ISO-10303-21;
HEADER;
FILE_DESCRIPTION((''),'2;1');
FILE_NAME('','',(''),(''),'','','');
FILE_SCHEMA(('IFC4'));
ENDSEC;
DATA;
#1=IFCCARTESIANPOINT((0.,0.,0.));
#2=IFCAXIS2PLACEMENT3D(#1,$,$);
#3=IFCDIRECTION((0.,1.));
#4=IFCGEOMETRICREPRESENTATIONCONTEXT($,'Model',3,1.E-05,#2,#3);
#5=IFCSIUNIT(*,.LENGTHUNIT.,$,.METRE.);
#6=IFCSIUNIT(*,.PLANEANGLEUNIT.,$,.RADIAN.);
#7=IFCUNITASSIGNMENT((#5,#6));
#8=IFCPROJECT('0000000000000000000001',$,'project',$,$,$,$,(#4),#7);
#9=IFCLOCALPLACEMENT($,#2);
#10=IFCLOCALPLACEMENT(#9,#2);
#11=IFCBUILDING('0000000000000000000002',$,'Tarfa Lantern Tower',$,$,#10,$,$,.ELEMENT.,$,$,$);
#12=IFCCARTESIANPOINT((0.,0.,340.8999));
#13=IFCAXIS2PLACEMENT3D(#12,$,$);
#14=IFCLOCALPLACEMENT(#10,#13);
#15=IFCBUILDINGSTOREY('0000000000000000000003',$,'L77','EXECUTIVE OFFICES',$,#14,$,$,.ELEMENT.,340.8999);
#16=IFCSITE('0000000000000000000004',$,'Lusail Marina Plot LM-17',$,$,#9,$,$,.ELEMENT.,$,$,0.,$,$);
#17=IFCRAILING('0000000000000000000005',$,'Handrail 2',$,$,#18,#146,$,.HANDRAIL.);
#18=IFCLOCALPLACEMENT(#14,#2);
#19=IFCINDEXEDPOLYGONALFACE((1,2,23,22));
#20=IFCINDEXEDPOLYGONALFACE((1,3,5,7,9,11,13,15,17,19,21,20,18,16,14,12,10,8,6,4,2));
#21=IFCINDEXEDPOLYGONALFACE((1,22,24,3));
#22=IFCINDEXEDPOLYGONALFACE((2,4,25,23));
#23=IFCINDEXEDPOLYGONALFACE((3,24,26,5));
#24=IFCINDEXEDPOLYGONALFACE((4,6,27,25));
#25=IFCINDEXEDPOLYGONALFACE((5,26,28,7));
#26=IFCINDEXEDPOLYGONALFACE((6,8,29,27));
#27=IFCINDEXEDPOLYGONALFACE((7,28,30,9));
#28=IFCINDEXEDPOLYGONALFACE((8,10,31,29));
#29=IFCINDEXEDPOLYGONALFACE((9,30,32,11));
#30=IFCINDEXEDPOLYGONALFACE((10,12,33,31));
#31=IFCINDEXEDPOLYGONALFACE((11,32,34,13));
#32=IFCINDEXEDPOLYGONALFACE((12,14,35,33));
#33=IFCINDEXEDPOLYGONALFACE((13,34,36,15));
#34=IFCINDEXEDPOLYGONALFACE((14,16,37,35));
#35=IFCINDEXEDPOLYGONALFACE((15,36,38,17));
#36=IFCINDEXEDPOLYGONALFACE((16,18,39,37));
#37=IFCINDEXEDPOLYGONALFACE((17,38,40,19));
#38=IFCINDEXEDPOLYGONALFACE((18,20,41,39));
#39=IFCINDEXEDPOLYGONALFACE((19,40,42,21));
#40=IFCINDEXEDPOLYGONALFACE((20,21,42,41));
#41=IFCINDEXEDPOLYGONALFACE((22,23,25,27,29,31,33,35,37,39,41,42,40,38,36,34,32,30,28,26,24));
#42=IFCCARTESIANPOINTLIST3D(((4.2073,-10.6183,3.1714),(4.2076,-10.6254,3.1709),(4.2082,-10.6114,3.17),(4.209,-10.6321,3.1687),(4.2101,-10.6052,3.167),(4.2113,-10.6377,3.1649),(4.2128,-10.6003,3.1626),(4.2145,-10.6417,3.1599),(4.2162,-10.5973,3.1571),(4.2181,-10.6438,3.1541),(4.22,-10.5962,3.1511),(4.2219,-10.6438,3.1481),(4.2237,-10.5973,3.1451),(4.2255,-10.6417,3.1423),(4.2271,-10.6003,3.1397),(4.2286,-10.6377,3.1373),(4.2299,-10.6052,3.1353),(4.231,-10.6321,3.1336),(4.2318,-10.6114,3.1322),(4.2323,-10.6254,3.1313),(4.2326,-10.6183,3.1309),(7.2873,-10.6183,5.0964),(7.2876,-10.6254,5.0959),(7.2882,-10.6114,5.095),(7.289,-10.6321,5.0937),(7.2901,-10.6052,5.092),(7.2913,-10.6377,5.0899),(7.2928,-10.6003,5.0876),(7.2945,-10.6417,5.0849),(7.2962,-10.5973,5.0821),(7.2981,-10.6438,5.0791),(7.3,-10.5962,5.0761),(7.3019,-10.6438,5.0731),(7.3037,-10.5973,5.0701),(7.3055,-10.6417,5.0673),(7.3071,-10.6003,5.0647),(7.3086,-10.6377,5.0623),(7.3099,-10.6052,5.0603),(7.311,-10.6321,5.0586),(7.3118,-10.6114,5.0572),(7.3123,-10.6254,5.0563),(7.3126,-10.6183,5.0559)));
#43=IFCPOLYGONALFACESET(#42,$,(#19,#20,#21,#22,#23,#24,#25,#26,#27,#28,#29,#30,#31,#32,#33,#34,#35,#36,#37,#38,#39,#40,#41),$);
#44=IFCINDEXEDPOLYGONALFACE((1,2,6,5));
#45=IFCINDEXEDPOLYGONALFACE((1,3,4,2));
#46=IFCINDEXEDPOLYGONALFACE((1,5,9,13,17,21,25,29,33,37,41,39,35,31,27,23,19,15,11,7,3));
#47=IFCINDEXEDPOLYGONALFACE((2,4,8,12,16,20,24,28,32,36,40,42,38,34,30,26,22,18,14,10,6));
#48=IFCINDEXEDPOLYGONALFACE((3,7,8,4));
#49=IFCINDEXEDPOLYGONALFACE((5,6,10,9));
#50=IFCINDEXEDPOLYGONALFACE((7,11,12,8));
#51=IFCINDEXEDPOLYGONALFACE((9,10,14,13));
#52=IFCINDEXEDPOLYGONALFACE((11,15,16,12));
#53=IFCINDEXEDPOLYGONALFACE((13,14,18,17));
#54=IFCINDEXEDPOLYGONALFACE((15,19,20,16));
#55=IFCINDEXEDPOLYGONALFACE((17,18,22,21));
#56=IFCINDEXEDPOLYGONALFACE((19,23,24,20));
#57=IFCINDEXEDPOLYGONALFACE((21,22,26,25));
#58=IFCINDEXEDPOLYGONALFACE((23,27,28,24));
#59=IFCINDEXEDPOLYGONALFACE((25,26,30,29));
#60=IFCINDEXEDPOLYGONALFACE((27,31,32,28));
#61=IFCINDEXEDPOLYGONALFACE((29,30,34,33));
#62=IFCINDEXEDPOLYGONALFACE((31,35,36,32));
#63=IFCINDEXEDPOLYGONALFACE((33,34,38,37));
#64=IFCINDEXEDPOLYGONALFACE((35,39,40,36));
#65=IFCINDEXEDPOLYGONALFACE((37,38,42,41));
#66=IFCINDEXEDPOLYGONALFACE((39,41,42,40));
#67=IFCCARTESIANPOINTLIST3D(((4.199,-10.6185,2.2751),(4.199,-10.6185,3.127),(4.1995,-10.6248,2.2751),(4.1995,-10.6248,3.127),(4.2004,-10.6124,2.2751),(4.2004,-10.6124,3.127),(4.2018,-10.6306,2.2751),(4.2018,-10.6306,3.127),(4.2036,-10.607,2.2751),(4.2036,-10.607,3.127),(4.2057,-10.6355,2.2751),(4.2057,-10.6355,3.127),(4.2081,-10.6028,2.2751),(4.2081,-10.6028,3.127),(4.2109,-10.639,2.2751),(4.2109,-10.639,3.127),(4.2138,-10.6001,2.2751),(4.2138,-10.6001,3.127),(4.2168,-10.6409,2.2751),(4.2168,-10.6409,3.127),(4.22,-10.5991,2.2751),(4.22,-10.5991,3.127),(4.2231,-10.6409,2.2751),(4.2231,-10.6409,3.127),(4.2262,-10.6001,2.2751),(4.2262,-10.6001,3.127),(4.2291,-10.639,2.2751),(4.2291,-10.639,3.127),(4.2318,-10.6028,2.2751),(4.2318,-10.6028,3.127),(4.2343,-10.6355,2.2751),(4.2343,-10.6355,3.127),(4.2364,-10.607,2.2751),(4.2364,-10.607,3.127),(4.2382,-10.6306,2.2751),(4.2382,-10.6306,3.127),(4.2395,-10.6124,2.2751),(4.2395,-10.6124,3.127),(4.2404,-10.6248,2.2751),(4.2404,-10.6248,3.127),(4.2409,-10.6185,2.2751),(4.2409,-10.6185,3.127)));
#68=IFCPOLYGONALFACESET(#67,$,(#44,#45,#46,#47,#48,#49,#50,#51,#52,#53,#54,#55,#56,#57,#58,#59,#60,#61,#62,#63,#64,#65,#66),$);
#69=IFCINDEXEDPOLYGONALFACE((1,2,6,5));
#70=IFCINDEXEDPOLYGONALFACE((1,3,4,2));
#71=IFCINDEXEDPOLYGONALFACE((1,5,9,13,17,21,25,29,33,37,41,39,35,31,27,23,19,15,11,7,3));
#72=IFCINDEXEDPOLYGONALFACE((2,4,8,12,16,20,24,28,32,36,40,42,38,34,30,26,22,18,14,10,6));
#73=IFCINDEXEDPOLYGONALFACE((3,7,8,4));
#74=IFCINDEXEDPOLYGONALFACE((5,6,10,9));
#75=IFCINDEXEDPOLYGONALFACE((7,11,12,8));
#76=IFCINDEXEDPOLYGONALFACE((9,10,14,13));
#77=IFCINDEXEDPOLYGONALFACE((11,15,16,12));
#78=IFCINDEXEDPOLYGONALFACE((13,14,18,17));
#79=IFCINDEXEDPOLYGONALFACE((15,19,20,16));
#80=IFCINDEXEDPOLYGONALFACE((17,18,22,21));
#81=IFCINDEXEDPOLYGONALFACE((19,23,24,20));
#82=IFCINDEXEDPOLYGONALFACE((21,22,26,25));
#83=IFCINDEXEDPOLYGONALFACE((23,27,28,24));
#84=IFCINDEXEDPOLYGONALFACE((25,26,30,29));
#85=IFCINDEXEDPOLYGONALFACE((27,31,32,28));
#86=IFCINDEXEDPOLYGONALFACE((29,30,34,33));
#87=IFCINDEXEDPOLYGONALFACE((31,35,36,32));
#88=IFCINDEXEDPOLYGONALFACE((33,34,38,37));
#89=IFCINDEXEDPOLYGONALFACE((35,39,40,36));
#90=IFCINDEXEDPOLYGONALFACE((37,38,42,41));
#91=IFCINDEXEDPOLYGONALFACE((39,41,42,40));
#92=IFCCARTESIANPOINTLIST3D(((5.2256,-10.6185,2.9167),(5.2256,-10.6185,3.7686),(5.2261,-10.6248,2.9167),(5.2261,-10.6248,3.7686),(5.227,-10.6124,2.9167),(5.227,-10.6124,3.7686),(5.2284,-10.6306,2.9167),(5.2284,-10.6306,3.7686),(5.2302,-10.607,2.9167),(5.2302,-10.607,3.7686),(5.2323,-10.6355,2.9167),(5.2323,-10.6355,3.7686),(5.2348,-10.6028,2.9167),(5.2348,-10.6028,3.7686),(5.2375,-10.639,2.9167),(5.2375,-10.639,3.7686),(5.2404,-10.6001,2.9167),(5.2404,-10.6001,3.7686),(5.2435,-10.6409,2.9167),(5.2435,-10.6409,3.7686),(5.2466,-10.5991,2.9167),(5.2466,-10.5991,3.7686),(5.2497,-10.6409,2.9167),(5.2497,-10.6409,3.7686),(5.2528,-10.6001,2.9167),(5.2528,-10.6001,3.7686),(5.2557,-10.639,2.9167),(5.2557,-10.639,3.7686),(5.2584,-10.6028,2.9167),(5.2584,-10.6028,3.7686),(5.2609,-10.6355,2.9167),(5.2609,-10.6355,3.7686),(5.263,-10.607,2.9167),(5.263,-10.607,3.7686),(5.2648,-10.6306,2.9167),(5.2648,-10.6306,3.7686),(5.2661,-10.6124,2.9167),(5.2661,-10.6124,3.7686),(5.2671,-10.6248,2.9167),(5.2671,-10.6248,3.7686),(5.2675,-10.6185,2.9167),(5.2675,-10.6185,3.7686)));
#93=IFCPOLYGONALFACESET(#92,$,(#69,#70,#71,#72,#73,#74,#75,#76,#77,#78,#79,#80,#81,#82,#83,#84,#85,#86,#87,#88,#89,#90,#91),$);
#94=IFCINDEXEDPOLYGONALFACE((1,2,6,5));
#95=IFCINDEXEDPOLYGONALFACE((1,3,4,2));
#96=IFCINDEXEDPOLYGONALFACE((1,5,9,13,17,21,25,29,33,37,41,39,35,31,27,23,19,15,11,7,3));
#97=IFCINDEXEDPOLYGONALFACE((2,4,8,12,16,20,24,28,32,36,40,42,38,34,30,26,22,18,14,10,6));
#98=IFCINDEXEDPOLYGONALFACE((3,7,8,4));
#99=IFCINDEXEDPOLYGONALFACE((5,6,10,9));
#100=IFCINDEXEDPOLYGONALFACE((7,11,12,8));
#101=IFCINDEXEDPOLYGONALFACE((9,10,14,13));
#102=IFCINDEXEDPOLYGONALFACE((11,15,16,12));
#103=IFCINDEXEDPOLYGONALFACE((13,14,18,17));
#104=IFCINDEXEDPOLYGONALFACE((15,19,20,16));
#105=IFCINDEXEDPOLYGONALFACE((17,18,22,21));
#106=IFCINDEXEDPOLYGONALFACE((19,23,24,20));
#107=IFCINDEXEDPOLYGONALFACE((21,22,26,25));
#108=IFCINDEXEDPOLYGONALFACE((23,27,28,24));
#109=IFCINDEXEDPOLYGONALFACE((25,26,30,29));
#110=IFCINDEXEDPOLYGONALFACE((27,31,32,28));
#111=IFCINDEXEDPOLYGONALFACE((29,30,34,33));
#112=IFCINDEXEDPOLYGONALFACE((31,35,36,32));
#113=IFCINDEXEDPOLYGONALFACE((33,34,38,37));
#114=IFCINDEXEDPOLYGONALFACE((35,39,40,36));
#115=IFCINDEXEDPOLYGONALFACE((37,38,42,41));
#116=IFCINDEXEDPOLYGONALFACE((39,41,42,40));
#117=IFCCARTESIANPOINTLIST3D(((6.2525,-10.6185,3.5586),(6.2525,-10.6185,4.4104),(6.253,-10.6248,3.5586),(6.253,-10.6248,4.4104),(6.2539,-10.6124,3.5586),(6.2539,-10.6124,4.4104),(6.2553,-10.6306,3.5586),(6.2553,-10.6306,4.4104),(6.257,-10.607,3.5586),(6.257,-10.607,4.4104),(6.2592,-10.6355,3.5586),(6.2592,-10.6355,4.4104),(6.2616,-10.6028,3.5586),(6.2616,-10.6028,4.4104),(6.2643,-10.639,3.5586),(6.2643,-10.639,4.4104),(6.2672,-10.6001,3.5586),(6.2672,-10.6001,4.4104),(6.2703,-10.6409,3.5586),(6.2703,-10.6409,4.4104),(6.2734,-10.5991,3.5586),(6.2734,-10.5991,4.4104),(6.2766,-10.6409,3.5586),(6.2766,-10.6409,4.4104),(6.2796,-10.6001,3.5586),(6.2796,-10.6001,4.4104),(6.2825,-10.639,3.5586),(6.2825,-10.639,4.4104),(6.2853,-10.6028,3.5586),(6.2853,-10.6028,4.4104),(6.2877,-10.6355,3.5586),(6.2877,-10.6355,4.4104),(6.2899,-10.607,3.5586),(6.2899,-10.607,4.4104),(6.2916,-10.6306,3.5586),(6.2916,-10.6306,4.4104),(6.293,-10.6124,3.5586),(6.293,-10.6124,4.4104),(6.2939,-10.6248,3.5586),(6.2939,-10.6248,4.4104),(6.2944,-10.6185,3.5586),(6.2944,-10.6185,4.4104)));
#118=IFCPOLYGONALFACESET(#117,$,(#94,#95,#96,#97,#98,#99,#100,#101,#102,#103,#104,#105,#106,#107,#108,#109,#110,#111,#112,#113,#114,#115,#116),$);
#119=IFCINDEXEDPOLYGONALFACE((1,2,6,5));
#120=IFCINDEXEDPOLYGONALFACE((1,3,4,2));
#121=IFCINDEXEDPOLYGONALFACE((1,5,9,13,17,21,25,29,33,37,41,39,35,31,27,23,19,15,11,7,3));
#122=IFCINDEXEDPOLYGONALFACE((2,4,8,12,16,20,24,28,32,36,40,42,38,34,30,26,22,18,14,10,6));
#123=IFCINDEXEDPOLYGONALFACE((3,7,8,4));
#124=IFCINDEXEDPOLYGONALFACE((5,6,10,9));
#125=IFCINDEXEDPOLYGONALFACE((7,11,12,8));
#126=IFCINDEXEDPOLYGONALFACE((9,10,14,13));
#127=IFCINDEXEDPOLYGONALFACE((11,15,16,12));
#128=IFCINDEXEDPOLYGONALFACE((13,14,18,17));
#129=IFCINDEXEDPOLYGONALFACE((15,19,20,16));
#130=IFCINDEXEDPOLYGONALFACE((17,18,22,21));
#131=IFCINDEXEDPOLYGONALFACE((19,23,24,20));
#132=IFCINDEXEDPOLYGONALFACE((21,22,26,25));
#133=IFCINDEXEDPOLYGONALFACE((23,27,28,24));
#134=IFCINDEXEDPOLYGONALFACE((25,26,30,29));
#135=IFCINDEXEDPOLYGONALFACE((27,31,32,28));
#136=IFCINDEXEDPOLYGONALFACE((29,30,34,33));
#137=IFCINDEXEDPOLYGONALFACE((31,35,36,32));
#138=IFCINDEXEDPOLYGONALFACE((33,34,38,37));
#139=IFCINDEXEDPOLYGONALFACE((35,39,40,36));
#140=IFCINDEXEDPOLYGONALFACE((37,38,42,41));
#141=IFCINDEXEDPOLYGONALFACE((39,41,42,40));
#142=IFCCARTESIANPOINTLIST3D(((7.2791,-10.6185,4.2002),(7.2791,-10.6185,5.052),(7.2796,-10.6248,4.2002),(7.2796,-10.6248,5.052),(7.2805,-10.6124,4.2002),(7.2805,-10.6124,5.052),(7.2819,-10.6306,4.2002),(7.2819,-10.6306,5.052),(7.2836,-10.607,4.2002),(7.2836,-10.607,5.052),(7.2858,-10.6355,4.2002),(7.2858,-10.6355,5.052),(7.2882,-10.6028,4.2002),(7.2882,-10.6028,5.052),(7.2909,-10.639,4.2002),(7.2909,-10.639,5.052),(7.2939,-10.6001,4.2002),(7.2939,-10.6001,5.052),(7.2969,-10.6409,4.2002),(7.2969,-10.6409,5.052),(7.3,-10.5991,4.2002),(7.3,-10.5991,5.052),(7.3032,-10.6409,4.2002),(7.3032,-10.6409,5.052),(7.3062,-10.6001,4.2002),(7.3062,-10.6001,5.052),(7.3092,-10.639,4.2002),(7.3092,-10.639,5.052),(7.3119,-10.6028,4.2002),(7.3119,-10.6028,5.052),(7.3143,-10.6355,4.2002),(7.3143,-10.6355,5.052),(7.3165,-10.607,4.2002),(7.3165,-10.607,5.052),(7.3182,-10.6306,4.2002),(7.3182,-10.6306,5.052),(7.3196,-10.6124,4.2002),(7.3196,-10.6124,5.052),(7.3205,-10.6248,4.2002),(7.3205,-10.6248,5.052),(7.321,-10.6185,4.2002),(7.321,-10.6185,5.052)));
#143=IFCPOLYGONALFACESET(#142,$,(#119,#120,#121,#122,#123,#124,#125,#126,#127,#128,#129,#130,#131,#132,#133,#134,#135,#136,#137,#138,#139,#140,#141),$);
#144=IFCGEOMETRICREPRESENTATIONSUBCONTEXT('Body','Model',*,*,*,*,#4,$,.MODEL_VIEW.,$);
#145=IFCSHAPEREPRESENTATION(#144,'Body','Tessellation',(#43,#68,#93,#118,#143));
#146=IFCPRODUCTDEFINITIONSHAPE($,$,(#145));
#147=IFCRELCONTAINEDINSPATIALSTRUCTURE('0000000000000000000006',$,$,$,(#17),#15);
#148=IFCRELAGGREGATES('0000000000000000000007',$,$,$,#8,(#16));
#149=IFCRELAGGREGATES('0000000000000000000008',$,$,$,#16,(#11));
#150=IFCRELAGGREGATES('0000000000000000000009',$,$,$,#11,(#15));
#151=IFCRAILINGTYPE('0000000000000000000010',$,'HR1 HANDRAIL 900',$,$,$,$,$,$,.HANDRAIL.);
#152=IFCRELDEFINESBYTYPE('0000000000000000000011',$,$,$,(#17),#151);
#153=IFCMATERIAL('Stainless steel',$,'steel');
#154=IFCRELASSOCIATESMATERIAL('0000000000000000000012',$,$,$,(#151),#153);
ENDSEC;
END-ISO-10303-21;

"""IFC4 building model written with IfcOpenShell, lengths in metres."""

from ifc_helpers import new_model, si_unit, direction, frame, origin, origin_2d, place, context, subcontext, project, spatial, circle, extrude, material, type_object, element, save


model = new_model("IFC4")

# Units and contexts
model_context = context("Model", 3, precision=1e-05, world=origin(), true_north=direction((0.0, 1.0)))
body_context = subcontext(model_context, "Body", "Model", "MODEL_VIEW")
ifc_project = project(units=[si_unit("LENGTHUNIT", "METRE"), si_unit("PLANEANGLEUNIT", "RADIAN")], contexts=[model_context])

# Site, building, storey
site_placement = place(None, origin())
site = spatial("IfcSite", under=ifc_project, at=site_placement, Name="Lusail Marina Plot LM-17", CompositionType="ELEMENT", RefElevation=0.0)
building_placement = place(site_placement, origin())
building = spatial("IfcBuilding", under=site, at=building_placement, Name="Tarfa Lantern Tower", CompositionType="ELEMENT")
storey_placement = place(building_placement, frame((0.0, 0.0, 340.8999)))
storey = spatial("IfcBuildingStorey", under=building, at=storey_placement, Name="L77", Description="EXECUTIVE OFFICES", CompositionType="ELEMENT", Elevation=340.8999)

# Railing
ifc_material_1 = material(Name="Stainless steel", Category="steel")
railing_type = type_object("IfcRailingType", Name="HR1 HANDRAIL 900", PredefinedType="HANDRAIL", material=ifc_material_1)
railing_1_placement = place(storey_placement, frame((4.22, -10.6201, 2.2751)))
element("IfcRailing", 1, at=railing_1_placement, inside=storey, type_object=railing_type, Name="Handrail 2", PredefinedType="HANDRAIL", context=body_context, shape_type="SweptSolid", body=[
    extrude(circle(Radius=0.0239, at=origin_2d()), frame((0.0, 0.0, 0.876), z_axis=(0.847998, 0.0, 0.529999), x_axis=(0.0, 1.0, 0.0)), (0.0, 0.0, 1.0), 3.6321),
    extrude(circle(Radius=0.021, at=origin_2d()), frame((0.0, 0.0, 0.0), z_axis=(0.0, 0.0, 1.0), x_axis=(0.0, 1.0, 0.0)), (0.0, 0.0, 1.0), 0.8518),
    extrude(circle(Radius=0.021, at=origin_2d()), frame((1.0266, 0.0, 0.6416), z_axis=(0.0, 0.0, 1.0), x_axis=(0.0, 1.0, 0.0)), (0.0, 0.0, 1.0), 0.8518),
    extrude(circle(Radius=0.021, at=origin_2d()), frame((2.0535, 0.0, 1.2834), z_axis=(0.0, 0.0, 1.0), x_axis=(0.0, 1.0, 0.0)), (0.0, 0.0, 1.0), 0.8518),
    extrude(circle(Radius=0.021, at=origin_2d()), frame((3.0801, 0.0, 1.925), z_axis=(0.0, 0.0, 1.0), x_axis=(0.0, 1.0, 0.0)), (0.0, 0.0, 1.0), 0.8518),
])

save(model, "model.ifc")
